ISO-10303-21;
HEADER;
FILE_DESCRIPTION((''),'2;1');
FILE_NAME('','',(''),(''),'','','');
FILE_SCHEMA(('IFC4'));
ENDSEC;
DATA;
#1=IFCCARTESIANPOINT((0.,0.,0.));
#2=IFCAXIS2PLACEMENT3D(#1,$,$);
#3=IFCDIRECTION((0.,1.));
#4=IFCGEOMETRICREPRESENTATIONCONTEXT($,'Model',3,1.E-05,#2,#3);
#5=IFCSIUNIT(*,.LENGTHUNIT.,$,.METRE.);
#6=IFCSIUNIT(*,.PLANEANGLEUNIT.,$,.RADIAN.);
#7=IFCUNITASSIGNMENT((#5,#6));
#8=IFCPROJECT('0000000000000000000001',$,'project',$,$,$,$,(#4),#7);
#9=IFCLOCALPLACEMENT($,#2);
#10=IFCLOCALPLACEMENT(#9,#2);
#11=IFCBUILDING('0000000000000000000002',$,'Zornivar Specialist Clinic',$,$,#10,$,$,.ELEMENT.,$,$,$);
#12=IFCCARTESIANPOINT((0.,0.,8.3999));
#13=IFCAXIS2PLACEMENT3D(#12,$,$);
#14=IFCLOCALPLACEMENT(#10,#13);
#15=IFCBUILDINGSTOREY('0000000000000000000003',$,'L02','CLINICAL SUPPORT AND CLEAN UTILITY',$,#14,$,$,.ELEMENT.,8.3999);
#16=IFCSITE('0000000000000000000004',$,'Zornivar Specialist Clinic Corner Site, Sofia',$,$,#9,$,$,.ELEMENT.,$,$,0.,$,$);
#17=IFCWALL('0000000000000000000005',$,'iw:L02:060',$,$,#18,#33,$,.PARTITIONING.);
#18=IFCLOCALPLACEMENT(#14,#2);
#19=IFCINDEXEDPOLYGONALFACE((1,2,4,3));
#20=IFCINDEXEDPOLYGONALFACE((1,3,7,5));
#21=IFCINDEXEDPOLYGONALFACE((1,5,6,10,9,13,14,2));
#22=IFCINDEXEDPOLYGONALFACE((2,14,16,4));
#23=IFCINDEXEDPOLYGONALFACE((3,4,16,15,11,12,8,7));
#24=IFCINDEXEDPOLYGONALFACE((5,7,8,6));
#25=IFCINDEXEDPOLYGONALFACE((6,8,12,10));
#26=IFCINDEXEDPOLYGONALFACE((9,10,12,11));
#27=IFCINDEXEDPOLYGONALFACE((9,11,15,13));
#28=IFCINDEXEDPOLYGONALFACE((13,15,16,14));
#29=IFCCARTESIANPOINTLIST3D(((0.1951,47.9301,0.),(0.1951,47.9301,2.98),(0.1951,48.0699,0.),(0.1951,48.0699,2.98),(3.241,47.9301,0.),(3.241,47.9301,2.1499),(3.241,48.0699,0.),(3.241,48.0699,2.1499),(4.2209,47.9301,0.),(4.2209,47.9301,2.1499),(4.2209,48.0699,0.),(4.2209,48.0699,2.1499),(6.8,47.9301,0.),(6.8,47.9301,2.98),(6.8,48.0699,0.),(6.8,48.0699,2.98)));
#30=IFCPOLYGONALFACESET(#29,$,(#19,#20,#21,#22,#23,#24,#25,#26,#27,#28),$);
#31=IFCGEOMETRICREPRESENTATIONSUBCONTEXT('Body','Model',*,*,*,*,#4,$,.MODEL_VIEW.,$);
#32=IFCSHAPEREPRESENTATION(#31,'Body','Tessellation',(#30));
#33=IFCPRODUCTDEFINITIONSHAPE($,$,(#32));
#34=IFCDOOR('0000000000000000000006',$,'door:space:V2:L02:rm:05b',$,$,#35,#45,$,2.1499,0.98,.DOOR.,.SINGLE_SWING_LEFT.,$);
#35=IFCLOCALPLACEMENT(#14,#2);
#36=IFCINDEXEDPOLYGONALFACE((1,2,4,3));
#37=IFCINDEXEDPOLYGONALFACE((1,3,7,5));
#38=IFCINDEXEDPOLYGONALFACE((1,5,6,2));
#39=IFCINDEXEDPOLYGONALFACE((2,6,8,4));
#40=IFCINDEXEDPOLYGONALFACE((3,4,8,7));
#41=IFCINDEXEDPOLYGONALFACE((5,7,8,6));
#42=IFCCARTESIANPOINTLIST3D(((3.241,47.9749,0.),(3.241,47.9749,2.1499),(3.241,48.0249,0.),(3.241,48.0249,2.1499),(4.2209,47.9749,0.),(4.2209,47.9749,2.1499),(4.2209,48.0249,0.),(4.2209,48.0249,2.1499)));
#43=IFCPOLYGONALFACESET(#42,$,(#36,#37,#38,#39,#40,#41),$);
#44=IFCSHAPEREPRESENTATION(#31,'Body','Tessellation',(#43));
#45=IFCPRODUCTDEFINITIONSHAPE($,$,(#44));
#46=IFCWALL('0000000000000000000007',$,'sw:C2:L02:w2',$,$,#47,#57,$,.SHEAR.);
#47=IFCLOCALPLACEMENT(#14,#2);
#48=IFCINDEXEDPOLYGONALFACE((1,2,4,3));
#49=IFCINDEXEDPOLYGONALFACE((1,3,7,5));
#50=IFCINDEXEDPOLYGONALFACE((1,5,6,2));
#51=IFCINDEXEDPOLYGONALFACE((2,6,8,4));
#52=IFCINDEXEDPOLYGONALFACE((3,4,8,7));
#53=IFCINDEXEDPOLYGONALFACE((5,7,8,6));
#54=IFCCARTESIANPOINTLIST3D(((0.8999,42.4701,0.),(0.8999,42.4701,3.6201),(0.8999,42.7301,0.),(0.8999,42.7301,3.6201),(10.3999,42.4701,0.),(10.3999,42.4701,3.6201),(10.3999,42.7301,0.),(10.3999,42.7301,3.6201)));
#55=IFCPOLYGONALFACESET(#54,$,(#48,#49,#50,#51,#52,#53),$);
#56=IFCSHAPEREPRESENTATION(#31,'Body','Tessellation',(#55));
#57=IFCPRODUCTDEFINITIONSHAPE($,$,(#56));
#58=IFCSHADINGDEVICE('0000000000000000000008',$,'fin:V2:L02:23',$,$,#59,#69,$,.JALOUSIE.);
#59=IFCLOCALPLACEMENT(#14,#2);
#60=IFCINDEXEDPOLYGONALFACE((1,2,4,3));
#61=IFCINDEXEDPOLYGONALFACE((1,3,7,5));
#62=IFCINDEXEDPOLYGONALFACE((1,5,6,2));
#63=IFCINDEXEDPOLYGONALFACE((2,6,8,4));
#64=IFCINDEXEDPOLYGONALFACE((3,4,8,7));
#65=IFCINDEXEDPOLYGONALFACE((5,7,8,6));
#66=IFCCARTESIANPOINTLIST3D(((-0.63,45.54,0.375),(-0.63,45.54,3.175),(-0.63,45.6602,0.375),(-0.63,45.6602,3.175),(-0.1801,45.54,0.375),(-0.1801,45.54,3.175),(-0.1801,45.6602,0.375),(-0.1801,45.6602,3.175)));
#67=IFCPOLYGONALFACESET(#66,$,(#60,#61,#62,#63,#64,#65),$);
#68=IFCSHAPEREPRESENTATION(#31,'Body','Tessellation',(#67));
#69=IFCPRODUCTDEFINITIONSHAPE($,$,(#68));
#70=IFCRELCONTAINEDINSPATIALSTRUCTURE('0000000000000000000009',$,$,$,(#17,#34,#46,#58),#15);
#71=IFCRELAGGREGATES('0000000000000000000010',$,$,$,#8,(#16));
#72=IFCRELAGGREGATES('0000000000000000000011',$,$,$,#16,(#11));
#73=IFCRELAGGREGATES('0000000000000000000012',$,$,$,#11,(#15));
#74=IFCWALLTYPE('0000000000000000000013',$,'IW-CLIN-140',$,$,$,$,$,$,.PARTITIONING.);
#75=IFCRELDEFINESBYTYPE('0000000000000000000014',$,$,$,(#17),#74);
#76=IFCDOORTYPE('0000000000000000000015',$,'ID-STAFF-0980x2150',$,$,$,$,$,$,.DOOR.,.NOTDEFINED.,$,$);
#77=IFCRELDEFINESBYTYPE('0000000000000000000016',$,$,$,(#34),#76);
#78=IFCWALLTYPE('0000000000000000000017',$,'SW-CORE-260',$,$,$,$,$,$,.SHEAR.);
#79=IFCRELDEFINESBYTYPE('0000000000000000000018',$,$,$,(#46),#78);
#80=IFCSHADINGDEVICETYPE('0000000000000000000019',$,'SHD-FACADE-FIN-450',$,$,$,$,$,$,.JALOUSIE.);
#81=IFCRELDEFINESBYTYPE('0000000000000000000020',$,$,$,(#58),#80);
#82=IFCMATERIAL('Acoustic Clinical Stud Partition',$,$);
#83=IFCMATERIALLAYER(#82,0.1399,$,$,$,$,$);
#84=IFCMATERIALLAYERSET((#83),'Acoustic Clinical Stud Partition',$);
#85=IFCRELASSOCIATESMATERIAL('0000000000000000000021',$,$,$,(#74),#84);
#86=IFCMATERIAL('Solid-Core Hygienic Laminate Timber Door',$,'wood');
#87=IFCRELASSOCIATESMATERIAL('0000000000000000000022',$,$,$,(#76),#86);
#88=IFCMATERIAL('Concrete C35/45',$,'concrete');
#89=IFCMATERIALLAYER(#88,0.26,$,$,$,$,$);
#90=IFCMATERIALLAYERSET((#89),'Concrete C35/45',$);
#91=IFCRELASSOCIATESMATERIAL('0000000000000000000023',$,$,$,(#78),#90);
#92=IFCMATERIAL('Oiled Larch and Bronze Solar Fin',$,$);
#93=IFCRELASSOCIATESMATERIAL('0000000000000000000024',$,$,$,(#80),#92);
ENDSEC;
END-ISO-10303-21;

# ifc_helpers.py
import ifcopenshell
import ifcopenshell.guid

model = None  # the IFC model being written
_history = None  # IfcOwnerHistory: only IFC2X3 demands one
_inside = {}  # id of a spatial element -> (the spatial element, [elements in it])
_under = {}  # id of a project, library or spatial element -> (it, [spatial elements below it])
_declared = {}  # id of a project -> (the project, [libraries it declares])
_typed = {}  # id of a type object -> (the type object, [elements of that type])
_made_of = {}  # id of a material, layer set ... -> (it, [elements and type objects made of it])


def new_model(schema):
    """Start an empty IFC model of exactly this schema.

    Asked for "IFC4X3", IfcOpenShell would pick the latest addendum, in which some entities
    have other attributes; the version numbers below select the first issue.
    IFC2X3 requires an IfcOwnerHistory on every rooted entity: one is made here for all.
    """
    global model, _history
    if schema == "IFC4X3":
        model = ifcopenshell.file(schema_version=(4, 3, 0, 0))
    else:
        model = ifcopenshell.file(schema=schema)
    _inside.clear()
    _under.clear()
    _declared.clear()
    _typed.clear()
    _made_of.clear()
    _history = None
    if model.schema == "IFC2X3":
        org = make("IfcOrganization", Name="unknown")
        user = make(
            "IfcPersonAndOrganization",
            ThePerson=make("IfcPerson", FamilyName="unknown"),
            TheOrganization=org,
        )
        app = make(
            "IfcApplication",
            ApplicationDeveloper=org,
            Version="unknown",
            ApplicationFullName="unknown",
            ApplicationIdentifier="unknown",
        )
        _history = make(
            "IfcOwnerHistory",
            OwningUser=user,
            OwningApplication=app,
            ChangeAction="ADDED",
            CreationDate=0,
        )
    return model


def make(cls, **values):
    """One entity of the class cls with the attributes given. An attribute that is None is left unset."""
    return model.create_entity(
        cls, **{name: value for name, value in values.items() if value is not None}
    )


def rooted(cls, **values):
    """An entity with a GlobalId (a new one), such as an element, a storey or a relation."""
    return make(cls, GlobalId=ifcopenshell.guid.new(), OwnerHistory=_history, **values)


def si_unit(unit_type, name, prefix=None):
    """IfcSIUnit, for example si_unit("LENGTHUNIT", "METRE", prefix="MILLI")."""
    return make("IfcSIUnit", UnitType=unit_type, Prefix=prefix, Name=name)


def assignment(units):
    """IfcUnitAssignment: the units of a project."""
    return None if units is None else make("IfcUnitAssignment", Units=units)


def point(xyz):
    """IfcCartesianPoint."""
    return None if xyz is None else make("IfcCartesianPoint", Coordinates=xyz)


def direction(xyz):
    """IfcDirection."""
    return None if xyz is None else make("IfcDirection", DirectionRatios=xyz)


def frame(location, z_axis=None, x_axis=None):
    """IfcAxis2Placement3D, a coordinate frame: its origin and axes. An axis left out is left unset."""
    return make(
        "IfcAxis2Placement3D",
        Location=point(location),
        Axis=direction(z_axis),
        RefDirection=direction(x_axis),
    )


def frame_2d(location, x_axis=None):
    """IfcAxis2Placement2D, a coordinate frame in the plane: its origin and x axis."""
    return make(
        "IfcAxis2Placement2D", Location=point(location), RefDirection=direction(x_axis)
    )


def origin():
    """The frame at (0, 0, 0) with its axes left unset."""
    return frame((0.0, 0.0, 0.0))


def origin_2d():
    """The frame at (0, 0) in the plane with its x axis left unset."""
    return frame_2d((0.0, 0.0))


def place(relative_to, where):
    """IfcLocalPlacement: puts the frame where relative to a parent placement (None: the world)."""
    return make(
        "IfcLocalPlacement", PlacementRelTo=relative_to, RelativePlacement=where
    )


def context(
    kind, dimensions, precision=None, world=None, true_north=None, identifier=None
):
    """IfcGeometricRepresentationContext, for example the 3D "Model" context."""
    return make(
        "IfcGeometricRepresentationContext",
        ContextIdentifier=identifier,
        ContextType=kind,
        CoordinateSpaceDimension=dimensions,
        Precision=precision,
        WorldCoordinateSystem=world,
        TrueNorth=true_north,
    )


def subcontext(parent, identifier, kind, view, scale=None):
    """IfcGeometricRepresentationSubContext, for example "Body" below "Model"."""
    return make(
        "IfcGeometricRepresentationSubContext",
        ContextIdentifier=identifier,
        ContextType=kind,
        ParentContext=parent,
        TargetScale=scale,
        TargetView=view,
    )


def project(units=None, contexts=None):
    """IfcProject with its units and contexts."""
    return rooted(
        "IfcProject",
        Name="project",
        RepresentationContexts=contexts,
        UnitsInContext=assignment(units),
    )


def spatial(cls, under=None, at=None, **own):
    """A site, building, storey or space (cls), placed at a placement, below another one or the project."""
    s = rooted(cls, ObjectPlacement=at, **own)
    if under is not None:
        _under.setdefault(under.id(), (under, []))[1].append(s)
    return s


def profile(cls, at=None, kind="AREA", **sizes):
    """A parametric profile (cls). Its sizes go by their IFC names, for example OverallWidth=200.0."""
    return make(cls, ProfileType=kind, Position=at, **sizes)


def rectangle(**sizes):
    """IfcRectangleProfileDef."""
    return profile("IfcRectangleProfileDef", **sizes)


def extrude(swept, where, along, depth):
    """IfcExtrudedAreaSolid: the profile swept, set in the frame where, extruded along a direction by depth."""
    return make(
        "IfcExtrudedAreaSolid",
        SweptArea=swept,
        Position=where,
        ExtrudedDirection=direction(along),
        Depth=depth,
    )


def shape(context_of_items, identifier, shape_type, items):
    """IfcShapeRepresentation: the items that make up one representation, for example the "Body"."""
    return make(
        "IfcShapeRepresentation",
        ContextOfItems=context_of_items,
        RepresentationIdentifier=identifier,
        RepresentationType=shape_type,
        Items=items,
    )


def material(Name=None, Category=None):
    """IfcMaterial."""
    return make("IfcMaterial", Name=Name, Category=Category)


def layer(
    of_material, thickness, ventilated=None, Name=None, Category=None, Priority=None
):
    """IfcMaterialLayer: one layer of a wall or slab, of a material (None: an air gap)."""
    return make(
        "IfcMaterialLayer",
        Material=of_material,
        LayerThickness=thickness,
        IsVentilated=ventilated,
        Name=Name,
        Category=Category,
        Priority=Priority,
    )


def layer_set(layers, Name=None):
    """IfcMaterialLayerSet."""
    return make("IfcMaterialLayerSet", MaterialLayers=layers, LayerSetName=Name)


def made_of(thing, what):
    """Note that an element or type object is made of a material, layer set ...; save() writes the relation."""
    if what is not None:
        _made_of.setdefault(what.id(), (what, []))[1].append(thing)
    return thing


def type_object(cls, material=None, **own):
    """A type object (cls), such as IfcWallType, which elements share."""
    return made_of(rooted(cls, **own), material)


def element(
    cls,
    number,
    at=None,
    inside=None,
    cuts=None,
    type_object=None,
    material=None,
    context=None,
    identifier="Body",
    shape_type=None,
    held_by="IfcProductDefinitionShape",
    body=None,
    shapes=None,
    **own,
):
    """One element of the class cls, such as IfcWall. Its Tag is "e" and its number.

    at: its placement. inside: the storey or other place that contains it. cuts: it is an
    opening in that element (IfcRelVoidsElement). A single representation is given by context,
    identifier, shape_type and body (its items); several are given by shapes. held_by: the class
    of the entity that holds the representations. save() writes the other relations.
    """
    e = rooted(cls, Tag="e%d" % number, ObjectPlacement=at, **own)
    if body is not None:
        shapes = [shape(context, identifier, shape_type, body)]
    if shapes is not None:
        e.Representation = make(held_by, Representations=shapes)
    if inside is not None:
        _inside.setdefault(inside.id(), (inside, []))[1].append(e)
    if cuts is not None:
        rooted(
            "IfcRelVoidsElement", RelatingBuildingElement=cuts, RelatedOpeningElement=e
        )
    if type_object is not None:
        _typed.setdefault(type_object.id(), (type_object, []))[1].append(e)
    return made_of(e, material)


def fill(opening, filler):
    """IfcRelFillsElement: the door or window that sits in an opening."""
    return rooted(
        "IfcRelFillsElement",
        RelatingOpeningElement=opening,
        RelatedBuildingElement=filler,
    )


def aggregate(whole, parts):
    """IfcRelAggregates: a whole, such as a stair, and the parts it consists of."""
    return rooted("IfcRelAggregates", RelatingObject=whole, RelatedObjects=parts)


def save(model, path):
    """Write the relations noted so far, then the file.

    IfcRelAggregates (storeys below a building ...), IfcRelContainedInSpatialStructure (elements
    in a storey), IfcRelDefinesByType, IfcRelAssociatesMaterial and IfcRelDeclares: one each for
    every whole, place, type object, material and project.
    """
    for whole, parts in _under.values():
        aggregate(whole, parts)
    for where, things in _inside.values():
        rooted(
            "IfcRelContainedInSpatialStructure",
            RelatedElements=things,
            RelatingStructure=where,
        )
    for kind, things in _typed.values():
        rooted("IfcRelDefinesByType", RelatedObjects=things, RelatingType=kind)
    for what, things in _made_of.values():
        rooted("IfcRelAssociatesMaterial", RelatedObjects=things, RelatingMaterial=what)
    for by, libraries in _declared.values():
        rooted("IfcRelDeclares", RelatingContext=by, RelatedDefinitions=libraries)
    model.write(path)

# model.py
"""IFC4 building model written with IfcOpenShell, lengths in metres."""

from ifc_helpers import new_model, si_unit, direction, frame, frame_2d, origin, origin_2d, place, context, subcontext, project, spatial, rectangle, extrude, material, layer, layer_set, type_object, element, fill, save


model = new_model("IFC4")

# Units and contexts
model_context = context("Model", 3, precision=1e-05, world=origin(), true_north=direction((0.0, 1.0)))
body_context = subcontext(model_context, "Body", "Model", "MODEL_VIEW")
ifc_project = project(units=[si_unit("LENGTHUNIT", "METRE"), si_unit("PLANEANGLEUNIT", "RADIAN")], contexts=[model_context])

# Site, building, storey
site_placement = place(None, origin())
site = spatial("IfcSite", under=ifc_project, at=site_placement, Name="Zornivar Specialist Clinic Corner Site, Sofia", CompositionType="ELEMENT", RefElevation=0.0)
building_placement = place(site_placement, origin())
building = spatial("IfcBuilding", under=site, at=building_placement, Name="Zornivar Specialist Clinic", CompositionType="ELEMENT")
storey_placement = place(building_placement, frame((0.0, 0.0, 8.3999)))
storey = spatial("IfcBuildingStorey", under=building, at=storey_placement, Name="L02", Description="CLINICAL SUPPORT AND CLEAN UTILITY", CompositionType="ELEMENT", Elevation=8.3999)

# Wall, opening, door
ifc_material_1 = material(Name="Acoustic Clinical Stud Partition")
ifc_layer_1 = layer(ifc_material_1, 0.1399)
ifc_layer_set_1 = layer_set([ifc_layer_1], Name="Acoustic Clinical Stud Partition")
wall_type_1 = type_object("IfcWallType", Name="IW-CLIN-140", PredefinedType="PARTITIONING", material=ifc_layer_set_1)
wall_1_placement = place(storey_placement, frame((0.1951, 48.0, 0.0), z_axis=(0.0, 0.0, 1.0), x_axis=(1.0, 0.0, 0.0)))
wall_1 = element("IfcWall", 1, at=wall_1_placement, inside=storey, type_object=wall_type_1, Name="iw:L02:060", PredefinedType="PARTITIONING", context=body_context, shape_type="SweptSolid", body=[
    extrude(rectangle(XDim=6.605, YDim=0.1399, at=frame_2d((3.3025, 0.0))), origin(), (0.0, 0.0, 1.0), 2.98),
])
opening_1_placement = place(wall_1_placement, frame((3.0459, 0.0, 0.0)))
opening_1 = element("IfcOpeningElement", 2, at=opening_1_placement, cuts=wall_1, PredefinedType="OPENING", context=body_context, shape_type="SweptSolid", body=[
    extrude(rectangle(XDim=0.98, YDim=2.1499, at=frame_2d((0.49, 1.075))), frame((0.0, 0.0798, 0.0), z_axis=(0.0, -1.0, 0.0), x_axis=(1.0, 0.0, 0.0)), (0.0, 0.0, 1.0), 0.1599),
])
ifc_material_2 = material(Name="Solid-Core Hygienic Laminate Timber Door", Category="wood")
door_type = type_object("IfcDoorType", Name="ID-STAFF-0980x2150", OperationType="NOTDEFINED", PredefinedType="DOOR", material=ifc_material_2)
door_placement = place(opening_1_placement, origin())
door = element("IfcDoor", 3, at=door_placement, inside=storey, type_object=door_type, Name="door:space:V2:L02:rm:05b", OperationType="SINGLE_SWING_LEFT", OverallHeight=2.1499, OverallWidth=0.98, PredefinedType="DOOR", context=body_context, shape_type="SweptSolid", body=[
    extrude(rectangle(XDim=0.98, YDim=2.1499, at=frame_2d((0.49, 1.075))), frame((0.0, 0.0249, 0.0), z_axis=(0.0, -1.0, 0.0), x_axis=(1.0, 0.0, 0.0)), (0.0, 0.0, 1.0), 0.05),
])
fill(opening_1, door)

# Wall
ifc_material_3 = material(Name="Concrete C35/45", Category="concrete")
ifc_layer_2 = layer(ifc_material_3, 0.26)
ifc_layer_set_2 = layer_set([ifc_layer_2], Name="Concrete C35/45")
wall_type_2 = type_object("IfcWallType", Name="SW-CORE-260", PredefinedType="SHEAR", material=ifc_layer_set_2)
wall_2_placement = place(storey_placement, frame((10.3999, 42.6001, 0.0), z_axis=(0.0, 0.0, 1.0), x_axis=(-1.0, 0.0, 0.0)))
element("IfcWall", 4, at=wall_2_placement, inside=storey, type_object=wall_type_2, Name="sw:C2:L02:w2", PredefinedType="SHEAR", context=body_context, shape_type="SweptSolid", body=[
    extrude(rectangle(XDim=9.5, YDim=0.26, at=frame_2d((4.75, 0.0))), origin(), (0.0, 0.0, 1.0), 3.6201),
])

# Shading device
ifc_material_4 = material(Name="Oiled Larch and Bronze Solar Fin")
shading_device_type = type_object("IfcShadingDeviceType", Name="SHD-FACADE-FIN-450", PredefinedType="JALOUSIE", material=ifc_material_4)
shading_device_placement = place(storey_placement, frame((-0.405, 45.6001, 0.375), z_axis=(0.0, 0.0, 1.0), x_axis=(0.0, -1.0, 0.0)))
element("IfcShadingDevice", 5, at=shading_device_placement, inside=storey, type_object=shading_device_type, Name="fin:V2:L02:23", PredefinedType="JALOUSIE", context=body_context, shape_type="SweptSolid", body=[
    extrude(rectangle(XDim=0.1201, YDim=0.45, at=origin_2d()), origin(), (0.0, 0.0, 1.0), 2.8),
])

save(model, "model.ifc")
